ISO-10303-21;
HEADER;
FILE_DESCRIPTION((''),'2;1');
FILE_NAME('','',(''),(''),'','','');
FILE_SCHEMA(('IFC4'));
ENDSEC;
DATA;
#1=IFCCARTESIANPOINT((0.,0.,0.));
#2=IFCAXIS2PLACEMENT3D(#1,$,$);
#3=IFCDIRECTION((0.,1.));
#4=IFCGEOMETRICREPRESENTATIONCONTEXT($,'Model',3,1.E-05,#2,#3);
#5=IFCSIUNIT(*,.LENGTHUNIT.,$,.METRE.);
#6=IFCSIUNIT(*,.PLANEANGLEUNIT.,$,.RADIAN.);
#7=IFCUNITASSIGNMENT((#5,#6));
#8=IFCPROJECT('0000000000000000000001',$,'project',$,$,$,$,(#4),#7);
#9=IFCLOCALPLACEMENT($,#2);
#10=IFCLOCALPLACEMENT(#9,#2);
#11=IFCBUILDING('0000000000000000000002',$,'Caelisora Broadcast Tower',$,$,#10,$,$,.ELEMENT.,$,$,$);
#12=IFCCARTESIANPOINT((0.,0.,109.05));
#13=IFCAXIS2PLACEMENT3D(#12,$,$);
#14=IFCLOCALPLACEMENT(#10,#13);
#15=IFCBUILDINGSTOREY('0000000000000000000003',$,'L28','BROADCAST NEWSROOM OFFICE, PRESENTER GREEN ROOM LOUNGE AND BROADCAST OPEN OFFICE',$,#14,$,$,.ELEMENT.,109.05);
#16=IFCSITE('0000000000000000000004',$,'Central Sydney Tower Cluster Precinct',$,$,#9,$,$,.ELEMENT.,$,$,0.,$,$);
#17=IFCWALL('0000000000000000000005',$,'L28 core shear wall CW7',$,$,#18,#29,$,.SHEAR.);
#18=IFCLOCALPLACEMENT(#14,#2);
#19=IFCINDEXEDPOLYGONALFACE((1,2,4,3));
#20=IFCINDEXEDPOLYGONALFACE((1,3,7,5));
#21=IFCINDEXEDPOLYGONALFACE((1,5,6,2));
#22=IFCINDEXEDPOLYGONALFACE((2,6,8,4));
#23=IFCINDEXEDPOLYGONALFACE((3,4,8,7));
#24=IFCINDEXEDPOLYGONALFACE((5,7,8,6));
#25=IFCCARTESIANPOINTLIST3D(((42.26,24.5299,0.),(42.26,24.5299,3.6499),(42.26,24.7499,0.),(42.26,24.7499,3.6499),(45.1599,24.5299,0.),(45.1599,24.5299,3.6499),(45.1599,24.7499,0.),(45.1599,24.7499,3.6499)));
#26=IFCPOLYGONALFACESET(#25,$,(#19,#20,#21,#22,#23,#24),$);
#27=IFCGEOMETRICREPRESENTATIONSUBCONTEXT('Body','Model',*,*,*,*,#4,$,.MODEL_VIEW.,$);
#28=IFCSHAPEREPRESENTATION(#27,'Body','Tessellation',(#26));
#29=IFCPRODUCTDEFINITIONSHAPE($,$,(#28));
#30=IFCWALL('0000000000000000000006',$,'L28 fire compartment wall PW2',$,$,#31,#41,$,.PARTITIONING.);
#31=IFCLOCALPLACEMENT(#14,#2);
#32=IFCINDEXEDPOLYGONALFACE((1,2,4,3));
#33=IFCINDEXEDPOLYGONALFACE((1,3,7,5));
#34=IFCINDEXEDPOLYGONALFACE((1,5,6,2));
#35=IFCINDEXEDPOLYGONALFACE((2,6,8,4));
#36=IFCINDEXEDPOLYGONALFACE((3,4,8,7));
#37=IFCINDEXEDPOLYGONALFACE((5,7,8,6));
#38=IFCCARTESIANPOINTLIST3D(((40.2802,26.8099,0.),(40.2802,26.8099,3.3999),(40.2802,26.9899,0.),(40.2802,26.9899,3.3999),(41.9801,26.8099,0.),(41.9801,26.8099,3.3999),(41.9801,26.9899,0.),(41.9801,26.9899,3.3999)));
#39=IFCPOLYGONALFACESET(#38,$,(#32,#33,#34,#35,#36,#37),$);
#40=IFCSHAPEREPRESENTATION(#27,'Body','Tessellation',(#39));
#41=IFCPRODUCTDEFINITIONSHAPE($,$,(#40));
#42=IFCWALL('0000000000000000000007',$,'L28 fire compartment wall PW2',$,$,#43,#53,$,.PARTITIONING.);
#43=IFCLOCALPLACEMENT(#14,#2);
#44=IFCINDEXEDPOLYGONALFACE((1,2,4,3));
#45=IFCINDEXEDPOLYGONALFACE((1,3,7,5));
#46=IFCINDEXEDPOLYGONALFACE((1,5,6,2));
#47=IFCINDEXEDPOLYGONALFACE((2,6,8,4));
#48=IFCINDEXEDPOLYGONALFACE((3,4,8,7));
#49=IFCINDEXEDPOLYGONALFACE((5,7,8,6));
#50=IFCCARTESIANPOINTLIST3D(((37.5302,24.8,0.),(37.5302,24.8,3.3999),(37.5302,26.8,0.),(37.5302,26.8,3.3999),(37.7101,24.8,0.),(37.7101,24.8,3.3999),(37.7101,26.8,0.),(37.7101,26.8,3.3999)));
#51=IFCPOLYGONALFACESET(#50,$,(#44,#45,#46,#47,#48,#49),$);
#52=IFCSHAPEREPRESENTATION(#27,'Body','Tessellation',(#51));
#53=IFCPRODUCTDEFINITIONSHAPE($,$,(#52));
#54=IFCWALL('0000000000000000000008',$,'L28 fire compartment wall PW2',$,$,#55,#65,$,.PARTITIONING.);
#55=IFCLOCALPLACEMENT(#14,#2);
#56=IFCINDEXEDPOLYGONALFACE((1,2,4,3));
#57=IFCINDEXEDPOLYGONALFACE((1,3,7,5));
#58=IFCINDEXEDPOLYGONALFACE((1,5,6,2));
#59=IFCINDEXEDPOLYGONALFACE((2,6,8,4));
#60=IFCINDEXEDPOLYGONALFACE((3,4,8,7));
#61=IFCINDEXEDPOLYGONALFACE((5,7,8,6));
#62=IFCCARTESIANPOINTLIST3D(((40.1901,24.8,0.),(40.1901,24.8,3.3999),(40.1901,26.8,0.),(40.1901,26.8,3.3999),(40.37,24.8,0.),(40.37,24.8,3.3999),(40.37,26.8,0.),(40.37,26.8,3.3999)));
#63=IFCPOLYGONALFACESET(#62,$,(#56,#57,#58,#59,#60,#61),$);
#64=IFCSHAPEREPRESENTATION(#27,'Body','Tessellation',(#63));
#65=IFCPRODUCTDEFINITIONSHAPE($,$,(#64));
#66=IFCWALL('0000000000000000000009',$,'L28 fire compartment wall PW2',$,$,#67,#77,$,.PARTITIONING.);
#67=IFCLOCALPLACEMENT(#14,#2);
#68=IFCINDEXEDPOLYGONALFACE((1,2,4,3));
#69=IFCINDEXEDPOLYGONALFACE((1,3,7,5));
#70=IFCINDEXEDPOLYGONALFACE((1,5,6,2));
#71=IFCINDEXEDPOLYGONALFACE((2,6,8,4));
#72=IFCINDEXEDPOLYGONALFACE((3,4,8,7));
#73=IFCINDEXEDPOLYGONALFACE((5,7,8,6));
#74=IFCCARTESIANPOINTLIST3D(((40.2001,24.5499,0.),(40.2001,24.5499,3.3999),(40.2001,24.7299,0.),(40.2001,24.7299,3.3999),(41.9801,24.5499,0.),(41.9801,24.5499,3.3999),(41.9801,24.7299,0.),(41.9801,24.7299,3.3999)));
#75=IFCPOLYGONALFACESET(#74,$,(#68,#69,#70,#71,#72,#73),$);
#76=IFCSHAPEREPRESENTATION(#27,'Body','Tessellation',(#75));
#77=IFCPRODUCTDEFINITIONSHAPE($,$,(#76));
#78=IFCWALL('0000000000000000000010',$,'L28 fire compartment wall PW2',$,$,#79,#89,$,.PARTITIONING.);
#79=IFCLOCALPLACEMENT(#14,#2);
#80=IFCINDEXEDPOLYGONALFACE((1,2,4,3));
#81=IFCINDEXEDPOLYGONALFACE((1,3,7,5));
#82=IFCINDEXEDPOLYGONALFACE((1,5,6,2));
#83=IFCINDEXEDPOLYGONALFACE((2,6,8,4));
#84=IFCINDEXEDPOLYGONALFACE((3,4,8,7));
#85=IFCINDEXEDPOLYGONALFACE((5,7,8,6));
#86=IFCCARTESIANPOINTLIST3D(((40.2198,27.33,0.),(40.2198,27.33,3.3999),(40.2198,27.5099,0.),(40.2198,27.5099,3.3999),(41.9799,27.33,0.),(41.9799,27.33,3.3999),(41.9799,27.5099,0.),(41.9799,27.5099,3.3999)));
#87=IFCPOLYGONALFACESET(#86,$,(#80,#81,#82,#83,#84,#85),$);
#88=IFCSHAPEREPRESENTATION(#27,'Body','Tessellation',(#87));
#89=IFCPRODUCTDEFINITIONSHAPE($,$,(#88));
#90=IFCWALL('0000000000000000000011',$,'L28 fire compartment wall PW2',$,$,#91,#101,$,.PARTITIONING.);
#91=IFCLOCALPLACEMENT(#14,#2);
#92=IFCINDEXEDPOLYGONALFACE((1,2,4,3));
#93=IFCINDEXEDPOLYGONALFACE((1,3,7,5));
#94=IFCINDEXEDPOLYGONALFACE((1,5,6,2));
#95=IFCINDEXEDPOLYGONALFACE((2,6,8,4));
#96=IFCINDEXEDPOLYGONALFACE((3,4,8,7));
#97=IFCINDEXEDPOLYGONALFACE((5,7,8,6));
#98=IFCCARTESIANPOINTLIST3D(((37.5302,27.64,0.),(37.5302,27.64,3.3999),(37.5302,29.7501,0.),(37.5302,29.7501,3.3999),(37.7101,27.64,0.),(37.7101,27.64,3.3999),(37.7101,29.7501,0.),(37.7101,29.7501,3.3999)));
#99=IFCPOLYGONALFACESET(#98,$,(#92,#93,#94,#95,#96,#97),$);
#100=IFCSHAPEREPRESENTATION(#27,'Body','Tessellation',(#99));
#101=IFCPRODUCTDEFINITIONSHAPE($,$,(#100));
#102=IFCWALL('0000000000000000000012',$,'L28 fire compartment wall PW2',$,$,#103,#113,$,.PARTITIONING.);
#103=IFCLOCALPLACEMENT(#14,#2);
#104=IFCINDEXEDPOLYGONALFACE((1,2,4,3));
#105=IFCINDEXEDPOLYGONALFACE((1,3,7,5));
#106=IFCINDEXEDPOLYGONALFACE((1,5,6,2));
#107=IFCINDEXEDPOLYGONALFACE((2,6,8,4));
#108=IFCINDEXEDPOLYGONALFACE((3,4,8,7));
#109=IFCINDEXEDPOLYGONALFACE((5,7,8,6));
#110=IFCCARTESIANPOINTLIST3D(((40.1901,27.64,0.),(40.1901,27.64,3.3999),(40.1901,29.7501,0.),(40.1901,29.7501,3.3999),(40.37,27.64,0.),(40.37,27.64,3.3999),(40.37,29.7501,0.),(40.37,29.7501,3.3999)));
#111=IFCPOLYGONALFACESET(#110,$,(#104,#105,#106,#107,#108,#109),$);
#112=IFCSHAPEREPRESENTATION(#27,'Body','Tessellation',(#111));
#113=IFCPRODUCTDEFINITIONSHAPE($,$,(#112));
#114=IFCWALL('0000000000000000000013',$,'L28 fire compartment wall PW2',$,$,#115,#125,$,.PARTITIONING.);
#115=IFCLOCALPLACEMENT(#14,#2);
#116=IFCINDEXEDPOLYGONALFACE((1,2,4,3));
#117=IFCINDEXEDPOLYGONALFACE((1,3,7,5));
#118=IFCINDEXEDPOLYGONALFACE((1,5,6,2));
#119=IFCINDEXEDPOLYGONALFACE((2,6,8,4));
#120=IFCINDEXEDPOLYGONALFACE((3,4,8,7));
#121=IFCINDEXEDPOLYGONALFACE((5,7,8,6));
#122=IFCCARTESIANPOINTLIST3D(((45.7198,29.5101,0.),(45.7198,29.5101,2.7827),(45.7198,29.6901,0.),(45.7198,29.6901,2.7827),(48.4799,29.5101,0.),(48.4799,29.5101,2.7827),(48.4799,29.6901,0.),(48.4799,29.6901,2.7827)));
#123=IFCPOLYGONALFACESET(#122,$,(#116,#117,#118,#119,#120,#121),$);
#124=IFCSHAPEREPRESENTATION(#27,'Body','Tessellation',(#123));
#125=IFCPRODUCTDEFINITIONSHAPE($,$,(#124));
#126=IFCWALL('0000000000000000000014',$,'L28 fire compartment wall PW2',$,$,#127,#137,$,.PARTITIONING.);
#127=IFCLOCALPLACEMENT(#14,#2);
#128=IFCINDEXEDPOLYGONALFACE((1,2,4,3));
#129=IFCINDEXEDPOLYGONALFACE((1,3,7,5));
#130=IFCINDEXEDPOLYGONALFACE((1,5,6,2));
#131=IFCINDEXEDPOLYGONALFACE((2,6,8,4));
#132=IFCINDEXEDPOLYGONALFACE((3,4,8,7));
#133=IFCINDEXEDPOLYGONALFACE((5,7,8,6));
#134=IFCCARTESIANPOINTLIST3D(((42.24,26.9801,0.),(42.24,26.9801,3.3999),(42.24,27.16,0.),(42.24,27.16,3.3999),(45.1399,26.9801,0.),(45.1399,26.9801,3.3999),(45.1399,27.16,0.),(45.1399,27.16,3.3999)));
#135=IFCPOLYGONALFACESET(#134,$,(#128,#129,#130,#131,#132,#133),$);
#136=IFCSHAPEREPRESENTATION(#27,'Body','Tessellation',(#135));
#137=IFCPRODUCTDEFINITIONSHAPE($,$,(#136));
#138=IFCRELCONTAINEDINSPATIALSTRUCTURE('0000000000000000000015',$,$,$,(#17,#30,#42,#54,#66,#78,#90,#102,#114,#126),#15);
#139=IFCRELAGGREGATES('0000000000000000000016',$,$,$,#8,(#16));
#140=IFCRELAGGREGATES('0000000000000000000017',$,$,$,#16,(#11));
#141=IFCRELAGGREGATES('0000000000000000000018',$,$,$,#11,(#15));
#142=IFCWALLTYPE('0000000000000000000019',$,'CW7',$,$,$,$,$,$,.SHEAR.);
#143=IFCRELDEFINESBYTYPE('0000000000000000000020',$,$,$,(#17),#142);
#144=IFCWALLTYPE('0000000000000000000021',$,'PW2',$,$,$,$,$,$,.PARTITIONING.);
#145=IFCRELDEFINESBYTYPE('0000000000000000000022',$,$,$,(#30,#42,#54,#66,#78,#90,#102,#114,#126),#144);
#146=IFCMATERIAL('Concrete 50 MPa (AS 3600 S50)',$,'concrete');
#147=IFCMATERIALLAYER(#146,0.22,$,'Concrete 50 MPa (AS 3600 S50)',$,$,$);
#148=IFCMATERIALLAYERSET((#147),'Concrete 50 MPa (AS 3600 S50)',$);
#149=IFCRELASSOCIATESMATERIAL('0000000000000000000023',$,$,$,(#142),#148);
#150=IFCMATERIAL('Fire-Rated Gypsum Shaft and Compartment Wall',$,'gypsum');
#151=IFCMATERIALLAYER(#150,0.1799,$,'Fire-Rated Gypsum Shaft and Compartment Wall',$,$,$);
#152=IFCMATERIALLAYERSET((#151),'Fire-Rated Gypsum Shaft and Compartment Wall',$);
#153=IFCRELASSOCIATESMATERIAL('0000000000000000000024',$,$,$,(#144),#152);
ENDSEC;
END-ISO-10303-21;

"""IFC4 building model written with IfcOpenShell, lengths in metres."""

from ifc_helpers import new_model, si_unit, direction, frame, frame_2d, origin, place, context, subcontext, project, spatial, rectangle, extrude, material, layer, layer_set, type_object, element, save


model = new_model("IFC4")

# Units and contexts
model_context = context("Model", 3, precision=1e-05, world=origin(), true_north=direction((0.0, 1.0)))
body_context = subcontext(model_context, "Body", "Model", "MODEL_VIEW")
ifc_project = project(units=[si_unit("LENGTHUNIT", "METRE"), si_unit("PLANEANGLEUNIT", "RADIAN")], contexts=[model_context])

# Site, building, storey
site_placement = place(None, origin())
site = spatial("IfcSite", under=ifc_project, at=site_placement, Name="Central Sydney Tower Cluster Precinct", CompositionType="ELEMENT", RefElevation=0.0)
building_placement = place(site_placement, origin())
building = spatial("IfcBuilding", under=site, at=building_placement, Name="Caelisora Broadcast Tower", CompositionType="ELEMENT")
storey_placement = place(building_placement, frame((0.0, 0.0, 109.05)))
storey = spatial("IfcBuildingStorey", under=building, at=storey_placement, Name="L28", Description="BROADCAST NEWSROOM OFFICE, PRESENTER GREEN ROOM LOUNGE AND BROADCAST OPEN OFFICE", CompositionType="ELEMENT", Elevation=109.05)

# Shared definitions
ifc_material_1 = material(Name="Concrete 50 MPa (AS 3600 S50)", Category="concrete")

# Walls
ifc_layer_1 = layer(ifc_material_1, 0.22, Name="Concrete 50 MPa (AS 3600 S50)")
ifc_layer_set_1 = layer_set([ifc_layer_1], Name="Concrete 50 MPa (AS 3600 S50)")
wall_type_1 = type_object("IfcWallType", Name="CW7", PredefinedType="SHEAR", material=ifc_layer_set_1)
wall_1_placement = place(storey_placement, frame((42.26, 24.6399, 0.0), z_axis=(0.0, 0.0, 1.0), x_axis=(1.0, 0.0, 0.0)))
element("IfcWall", 1, at=wall_1_placement, inside=storey, type_object=wall_type_1, Name="L28 core shear wall CW7", PredefinedType="SHEAR", context=body_context, shape_type="SweptSolid", body=[
    extrude(rectangle(XDim=2.8999, YDim=0.22, at=frame_2d((1.45, 0.0))), origin(), (0.0, 0.0, 1.0), 3.6499),
])
ifc_material_2 = material(Name="Fire-Rated Gypsum Shaft and Compartment Wall", Category="gypsum")
ifc_layer_2 = layer(ifc_material_2, 0.1799, Name="Fire-Rated Gypsum Shaft and Compartment Wall")
ifc_layer_set_2 = layer_set([ifc_layer_2], Name="Fire-Rated Gypsum Shaft and Compartment Wall")
wall_type_2 = type_object("IfcWallType", Name="PW2", PredefinedType="PARTITIONING", material=ifc_layer_set_2)
wall_2_placement = place(storey_placement, frame((40.28, 26.8999, 0.0), z_axis=(0.0, 0.0, 1.0), x_axis=(1.0, 0.0, 0.0)))
element("IfcWall", 2, at=wall_2_placement, inside=storey, type_object=wall_type_2, Name="L28 fire compartment wall PW2", PredefinedType="PARTITIONING", context=body_context, shape_type="SweptSolid", body=[
    extrude(rectangle(XDim=1.7, YDim=0.1799, at=frame_2d((0.8501, 0.0))), origin(), (0.0, 0.0, 1.0), 3.3999),
])
for number, where, z_axis, x_axis, name in (
    (3, (37.6201, 24.8, 0.0), (0.0, 0.0, 1.0), (0.0, 1.0, 0.0), "L28 fire compartment wall PW2"),
    (4, (40.28, 24.8, 0.0), (0.0, 0.0, 1.0), (0.0, 1.0, 0.0), "L28 fire compartment wall PW2"),
):
    element("IfcWall", number, at=place(storey_placement, frame(where, z_axis=z_axis, x_axis=x_axis)), inside=storey, type_object=wall_type_2, Name=name, PredefinedType="PARTITIONING", context=body_context, shape_type="SweptSolid", body=[
        extrude(rectangle(XDim=2.0, YDim=0.1799, at=frame_2d((1.0, 0.0))), origin(), (0.0, 0.0, 1.0), 3.3999),
    ])
wall_3_placement = place(storey_placement, frame((40.2, 24.6399, 0.0), z_axis=(0.0, 0.0, 1.0), x_axis=(1.0, 0.0, 0.0)))
element("IfcWall", 5, at=wall_3_placement, inside=storey, type_object=wall_type_2, Name="L28 fire compartment wall PW2", PredefinedType="PARTITIONING", context=body_context, shape_type="SweptSolid", body=[
    extrude(rectangle(XDim=1.78, YDim=0.1799, at=frame_2d((0.8901, 0.0))), origin(), (0.0, 0.0, 1.0), 3.3999),
])
wall_4_placement = place(storey_placement, frame((40.22, 27.4199, 0.0), z_axis=(0.0, 0.0, 1.0), x_axis=(1.0, 0.0, 0.0)))
element("IfcWall", 6, at=wall_4_placement, inside=storey, type_object=wall_type_2, Name="L28 fire compartment wall PW2", PredefinedType="PARTITIONING", context=body_context, shape_type="SweptSolid", body=[
    extrude(rectangle(XDim=1.76, YDim=0.1799, at=frame_2d((0.8799, 0.0))), origin(), (0.0, 0.0, 1.0), 3.3999),
])
for number, where, z_axis, x_axis, name in (
    (7, (37.6201, 27.6399, 0.0), (0.0, 0.0, 1.0), (0.0, 1.0, 0.0), "L28 fire compartment wall PW2"),
    (8, (40.28, 27.6399, 0.0), (0.0, 0.0, 1.0), (0.0, 1.0, 0.0), "L28 fire compartment wall PW2"),
):
    element("IfcWall", number, at=place(storey_placement, frame(where, z_axis=z_axis, x_axis=x_axis)), inside=storey, type_object=wall_type_2, Name=name, PredefinedType="PARTITIONING", context=body_context, shape_type="SweptSolid", body=[
        extrude(rectangle(XDim=2.1101, YDim=0.1799, at=frame_2d((1.0552, 0.0))), origin(), (0.0, 0.0, 1.0), 3.3999),
    ])
wall_5_placement = place(storey_placement, frame((45.72, 29.6001, 0.0), z_axis=(0.0, 0.0, 1.0), x_axis=(1.0, 0.0, 0.0)))
element("IfcWall", 9, at=wall_5_placement, inside=storey, type_object=wall_type_2, Name="L28 fire compartment wall PW2", PredefinedType="PARTITIONING", context=body_context, shape_type="SweptSolid", body=[
    extrude(rectangle(XDim=2.76, YDim=0.1799, at=frame_2d((1.3799, 0.0))), origin(), (0.0, 0.0, 1.0), 2.7827),
])
wall_6_placement = place(storey_placement, frame((42.24, 27.0701, 0.0), z_axis=(0.0, 0.0, 1.0), x_axis=(1.0, 0.0, 0.0)))
element("IfcWall", 10, at=wall_6_placement, inside=storey, type_object=wall_type_2, Name="L28 fire compartment wall PW2", PredefinedType="PARTITIONING", context=body_context, shape_type="SweptSolid", body=[
    extrude(rectangle(XDim=2.8999, YDim=0.1799, at=frame_2d((1.45, 0.0))), origin(), (0.0, 0.0, 1.0), 3.3999),
])

save(model, "model.ifc")
